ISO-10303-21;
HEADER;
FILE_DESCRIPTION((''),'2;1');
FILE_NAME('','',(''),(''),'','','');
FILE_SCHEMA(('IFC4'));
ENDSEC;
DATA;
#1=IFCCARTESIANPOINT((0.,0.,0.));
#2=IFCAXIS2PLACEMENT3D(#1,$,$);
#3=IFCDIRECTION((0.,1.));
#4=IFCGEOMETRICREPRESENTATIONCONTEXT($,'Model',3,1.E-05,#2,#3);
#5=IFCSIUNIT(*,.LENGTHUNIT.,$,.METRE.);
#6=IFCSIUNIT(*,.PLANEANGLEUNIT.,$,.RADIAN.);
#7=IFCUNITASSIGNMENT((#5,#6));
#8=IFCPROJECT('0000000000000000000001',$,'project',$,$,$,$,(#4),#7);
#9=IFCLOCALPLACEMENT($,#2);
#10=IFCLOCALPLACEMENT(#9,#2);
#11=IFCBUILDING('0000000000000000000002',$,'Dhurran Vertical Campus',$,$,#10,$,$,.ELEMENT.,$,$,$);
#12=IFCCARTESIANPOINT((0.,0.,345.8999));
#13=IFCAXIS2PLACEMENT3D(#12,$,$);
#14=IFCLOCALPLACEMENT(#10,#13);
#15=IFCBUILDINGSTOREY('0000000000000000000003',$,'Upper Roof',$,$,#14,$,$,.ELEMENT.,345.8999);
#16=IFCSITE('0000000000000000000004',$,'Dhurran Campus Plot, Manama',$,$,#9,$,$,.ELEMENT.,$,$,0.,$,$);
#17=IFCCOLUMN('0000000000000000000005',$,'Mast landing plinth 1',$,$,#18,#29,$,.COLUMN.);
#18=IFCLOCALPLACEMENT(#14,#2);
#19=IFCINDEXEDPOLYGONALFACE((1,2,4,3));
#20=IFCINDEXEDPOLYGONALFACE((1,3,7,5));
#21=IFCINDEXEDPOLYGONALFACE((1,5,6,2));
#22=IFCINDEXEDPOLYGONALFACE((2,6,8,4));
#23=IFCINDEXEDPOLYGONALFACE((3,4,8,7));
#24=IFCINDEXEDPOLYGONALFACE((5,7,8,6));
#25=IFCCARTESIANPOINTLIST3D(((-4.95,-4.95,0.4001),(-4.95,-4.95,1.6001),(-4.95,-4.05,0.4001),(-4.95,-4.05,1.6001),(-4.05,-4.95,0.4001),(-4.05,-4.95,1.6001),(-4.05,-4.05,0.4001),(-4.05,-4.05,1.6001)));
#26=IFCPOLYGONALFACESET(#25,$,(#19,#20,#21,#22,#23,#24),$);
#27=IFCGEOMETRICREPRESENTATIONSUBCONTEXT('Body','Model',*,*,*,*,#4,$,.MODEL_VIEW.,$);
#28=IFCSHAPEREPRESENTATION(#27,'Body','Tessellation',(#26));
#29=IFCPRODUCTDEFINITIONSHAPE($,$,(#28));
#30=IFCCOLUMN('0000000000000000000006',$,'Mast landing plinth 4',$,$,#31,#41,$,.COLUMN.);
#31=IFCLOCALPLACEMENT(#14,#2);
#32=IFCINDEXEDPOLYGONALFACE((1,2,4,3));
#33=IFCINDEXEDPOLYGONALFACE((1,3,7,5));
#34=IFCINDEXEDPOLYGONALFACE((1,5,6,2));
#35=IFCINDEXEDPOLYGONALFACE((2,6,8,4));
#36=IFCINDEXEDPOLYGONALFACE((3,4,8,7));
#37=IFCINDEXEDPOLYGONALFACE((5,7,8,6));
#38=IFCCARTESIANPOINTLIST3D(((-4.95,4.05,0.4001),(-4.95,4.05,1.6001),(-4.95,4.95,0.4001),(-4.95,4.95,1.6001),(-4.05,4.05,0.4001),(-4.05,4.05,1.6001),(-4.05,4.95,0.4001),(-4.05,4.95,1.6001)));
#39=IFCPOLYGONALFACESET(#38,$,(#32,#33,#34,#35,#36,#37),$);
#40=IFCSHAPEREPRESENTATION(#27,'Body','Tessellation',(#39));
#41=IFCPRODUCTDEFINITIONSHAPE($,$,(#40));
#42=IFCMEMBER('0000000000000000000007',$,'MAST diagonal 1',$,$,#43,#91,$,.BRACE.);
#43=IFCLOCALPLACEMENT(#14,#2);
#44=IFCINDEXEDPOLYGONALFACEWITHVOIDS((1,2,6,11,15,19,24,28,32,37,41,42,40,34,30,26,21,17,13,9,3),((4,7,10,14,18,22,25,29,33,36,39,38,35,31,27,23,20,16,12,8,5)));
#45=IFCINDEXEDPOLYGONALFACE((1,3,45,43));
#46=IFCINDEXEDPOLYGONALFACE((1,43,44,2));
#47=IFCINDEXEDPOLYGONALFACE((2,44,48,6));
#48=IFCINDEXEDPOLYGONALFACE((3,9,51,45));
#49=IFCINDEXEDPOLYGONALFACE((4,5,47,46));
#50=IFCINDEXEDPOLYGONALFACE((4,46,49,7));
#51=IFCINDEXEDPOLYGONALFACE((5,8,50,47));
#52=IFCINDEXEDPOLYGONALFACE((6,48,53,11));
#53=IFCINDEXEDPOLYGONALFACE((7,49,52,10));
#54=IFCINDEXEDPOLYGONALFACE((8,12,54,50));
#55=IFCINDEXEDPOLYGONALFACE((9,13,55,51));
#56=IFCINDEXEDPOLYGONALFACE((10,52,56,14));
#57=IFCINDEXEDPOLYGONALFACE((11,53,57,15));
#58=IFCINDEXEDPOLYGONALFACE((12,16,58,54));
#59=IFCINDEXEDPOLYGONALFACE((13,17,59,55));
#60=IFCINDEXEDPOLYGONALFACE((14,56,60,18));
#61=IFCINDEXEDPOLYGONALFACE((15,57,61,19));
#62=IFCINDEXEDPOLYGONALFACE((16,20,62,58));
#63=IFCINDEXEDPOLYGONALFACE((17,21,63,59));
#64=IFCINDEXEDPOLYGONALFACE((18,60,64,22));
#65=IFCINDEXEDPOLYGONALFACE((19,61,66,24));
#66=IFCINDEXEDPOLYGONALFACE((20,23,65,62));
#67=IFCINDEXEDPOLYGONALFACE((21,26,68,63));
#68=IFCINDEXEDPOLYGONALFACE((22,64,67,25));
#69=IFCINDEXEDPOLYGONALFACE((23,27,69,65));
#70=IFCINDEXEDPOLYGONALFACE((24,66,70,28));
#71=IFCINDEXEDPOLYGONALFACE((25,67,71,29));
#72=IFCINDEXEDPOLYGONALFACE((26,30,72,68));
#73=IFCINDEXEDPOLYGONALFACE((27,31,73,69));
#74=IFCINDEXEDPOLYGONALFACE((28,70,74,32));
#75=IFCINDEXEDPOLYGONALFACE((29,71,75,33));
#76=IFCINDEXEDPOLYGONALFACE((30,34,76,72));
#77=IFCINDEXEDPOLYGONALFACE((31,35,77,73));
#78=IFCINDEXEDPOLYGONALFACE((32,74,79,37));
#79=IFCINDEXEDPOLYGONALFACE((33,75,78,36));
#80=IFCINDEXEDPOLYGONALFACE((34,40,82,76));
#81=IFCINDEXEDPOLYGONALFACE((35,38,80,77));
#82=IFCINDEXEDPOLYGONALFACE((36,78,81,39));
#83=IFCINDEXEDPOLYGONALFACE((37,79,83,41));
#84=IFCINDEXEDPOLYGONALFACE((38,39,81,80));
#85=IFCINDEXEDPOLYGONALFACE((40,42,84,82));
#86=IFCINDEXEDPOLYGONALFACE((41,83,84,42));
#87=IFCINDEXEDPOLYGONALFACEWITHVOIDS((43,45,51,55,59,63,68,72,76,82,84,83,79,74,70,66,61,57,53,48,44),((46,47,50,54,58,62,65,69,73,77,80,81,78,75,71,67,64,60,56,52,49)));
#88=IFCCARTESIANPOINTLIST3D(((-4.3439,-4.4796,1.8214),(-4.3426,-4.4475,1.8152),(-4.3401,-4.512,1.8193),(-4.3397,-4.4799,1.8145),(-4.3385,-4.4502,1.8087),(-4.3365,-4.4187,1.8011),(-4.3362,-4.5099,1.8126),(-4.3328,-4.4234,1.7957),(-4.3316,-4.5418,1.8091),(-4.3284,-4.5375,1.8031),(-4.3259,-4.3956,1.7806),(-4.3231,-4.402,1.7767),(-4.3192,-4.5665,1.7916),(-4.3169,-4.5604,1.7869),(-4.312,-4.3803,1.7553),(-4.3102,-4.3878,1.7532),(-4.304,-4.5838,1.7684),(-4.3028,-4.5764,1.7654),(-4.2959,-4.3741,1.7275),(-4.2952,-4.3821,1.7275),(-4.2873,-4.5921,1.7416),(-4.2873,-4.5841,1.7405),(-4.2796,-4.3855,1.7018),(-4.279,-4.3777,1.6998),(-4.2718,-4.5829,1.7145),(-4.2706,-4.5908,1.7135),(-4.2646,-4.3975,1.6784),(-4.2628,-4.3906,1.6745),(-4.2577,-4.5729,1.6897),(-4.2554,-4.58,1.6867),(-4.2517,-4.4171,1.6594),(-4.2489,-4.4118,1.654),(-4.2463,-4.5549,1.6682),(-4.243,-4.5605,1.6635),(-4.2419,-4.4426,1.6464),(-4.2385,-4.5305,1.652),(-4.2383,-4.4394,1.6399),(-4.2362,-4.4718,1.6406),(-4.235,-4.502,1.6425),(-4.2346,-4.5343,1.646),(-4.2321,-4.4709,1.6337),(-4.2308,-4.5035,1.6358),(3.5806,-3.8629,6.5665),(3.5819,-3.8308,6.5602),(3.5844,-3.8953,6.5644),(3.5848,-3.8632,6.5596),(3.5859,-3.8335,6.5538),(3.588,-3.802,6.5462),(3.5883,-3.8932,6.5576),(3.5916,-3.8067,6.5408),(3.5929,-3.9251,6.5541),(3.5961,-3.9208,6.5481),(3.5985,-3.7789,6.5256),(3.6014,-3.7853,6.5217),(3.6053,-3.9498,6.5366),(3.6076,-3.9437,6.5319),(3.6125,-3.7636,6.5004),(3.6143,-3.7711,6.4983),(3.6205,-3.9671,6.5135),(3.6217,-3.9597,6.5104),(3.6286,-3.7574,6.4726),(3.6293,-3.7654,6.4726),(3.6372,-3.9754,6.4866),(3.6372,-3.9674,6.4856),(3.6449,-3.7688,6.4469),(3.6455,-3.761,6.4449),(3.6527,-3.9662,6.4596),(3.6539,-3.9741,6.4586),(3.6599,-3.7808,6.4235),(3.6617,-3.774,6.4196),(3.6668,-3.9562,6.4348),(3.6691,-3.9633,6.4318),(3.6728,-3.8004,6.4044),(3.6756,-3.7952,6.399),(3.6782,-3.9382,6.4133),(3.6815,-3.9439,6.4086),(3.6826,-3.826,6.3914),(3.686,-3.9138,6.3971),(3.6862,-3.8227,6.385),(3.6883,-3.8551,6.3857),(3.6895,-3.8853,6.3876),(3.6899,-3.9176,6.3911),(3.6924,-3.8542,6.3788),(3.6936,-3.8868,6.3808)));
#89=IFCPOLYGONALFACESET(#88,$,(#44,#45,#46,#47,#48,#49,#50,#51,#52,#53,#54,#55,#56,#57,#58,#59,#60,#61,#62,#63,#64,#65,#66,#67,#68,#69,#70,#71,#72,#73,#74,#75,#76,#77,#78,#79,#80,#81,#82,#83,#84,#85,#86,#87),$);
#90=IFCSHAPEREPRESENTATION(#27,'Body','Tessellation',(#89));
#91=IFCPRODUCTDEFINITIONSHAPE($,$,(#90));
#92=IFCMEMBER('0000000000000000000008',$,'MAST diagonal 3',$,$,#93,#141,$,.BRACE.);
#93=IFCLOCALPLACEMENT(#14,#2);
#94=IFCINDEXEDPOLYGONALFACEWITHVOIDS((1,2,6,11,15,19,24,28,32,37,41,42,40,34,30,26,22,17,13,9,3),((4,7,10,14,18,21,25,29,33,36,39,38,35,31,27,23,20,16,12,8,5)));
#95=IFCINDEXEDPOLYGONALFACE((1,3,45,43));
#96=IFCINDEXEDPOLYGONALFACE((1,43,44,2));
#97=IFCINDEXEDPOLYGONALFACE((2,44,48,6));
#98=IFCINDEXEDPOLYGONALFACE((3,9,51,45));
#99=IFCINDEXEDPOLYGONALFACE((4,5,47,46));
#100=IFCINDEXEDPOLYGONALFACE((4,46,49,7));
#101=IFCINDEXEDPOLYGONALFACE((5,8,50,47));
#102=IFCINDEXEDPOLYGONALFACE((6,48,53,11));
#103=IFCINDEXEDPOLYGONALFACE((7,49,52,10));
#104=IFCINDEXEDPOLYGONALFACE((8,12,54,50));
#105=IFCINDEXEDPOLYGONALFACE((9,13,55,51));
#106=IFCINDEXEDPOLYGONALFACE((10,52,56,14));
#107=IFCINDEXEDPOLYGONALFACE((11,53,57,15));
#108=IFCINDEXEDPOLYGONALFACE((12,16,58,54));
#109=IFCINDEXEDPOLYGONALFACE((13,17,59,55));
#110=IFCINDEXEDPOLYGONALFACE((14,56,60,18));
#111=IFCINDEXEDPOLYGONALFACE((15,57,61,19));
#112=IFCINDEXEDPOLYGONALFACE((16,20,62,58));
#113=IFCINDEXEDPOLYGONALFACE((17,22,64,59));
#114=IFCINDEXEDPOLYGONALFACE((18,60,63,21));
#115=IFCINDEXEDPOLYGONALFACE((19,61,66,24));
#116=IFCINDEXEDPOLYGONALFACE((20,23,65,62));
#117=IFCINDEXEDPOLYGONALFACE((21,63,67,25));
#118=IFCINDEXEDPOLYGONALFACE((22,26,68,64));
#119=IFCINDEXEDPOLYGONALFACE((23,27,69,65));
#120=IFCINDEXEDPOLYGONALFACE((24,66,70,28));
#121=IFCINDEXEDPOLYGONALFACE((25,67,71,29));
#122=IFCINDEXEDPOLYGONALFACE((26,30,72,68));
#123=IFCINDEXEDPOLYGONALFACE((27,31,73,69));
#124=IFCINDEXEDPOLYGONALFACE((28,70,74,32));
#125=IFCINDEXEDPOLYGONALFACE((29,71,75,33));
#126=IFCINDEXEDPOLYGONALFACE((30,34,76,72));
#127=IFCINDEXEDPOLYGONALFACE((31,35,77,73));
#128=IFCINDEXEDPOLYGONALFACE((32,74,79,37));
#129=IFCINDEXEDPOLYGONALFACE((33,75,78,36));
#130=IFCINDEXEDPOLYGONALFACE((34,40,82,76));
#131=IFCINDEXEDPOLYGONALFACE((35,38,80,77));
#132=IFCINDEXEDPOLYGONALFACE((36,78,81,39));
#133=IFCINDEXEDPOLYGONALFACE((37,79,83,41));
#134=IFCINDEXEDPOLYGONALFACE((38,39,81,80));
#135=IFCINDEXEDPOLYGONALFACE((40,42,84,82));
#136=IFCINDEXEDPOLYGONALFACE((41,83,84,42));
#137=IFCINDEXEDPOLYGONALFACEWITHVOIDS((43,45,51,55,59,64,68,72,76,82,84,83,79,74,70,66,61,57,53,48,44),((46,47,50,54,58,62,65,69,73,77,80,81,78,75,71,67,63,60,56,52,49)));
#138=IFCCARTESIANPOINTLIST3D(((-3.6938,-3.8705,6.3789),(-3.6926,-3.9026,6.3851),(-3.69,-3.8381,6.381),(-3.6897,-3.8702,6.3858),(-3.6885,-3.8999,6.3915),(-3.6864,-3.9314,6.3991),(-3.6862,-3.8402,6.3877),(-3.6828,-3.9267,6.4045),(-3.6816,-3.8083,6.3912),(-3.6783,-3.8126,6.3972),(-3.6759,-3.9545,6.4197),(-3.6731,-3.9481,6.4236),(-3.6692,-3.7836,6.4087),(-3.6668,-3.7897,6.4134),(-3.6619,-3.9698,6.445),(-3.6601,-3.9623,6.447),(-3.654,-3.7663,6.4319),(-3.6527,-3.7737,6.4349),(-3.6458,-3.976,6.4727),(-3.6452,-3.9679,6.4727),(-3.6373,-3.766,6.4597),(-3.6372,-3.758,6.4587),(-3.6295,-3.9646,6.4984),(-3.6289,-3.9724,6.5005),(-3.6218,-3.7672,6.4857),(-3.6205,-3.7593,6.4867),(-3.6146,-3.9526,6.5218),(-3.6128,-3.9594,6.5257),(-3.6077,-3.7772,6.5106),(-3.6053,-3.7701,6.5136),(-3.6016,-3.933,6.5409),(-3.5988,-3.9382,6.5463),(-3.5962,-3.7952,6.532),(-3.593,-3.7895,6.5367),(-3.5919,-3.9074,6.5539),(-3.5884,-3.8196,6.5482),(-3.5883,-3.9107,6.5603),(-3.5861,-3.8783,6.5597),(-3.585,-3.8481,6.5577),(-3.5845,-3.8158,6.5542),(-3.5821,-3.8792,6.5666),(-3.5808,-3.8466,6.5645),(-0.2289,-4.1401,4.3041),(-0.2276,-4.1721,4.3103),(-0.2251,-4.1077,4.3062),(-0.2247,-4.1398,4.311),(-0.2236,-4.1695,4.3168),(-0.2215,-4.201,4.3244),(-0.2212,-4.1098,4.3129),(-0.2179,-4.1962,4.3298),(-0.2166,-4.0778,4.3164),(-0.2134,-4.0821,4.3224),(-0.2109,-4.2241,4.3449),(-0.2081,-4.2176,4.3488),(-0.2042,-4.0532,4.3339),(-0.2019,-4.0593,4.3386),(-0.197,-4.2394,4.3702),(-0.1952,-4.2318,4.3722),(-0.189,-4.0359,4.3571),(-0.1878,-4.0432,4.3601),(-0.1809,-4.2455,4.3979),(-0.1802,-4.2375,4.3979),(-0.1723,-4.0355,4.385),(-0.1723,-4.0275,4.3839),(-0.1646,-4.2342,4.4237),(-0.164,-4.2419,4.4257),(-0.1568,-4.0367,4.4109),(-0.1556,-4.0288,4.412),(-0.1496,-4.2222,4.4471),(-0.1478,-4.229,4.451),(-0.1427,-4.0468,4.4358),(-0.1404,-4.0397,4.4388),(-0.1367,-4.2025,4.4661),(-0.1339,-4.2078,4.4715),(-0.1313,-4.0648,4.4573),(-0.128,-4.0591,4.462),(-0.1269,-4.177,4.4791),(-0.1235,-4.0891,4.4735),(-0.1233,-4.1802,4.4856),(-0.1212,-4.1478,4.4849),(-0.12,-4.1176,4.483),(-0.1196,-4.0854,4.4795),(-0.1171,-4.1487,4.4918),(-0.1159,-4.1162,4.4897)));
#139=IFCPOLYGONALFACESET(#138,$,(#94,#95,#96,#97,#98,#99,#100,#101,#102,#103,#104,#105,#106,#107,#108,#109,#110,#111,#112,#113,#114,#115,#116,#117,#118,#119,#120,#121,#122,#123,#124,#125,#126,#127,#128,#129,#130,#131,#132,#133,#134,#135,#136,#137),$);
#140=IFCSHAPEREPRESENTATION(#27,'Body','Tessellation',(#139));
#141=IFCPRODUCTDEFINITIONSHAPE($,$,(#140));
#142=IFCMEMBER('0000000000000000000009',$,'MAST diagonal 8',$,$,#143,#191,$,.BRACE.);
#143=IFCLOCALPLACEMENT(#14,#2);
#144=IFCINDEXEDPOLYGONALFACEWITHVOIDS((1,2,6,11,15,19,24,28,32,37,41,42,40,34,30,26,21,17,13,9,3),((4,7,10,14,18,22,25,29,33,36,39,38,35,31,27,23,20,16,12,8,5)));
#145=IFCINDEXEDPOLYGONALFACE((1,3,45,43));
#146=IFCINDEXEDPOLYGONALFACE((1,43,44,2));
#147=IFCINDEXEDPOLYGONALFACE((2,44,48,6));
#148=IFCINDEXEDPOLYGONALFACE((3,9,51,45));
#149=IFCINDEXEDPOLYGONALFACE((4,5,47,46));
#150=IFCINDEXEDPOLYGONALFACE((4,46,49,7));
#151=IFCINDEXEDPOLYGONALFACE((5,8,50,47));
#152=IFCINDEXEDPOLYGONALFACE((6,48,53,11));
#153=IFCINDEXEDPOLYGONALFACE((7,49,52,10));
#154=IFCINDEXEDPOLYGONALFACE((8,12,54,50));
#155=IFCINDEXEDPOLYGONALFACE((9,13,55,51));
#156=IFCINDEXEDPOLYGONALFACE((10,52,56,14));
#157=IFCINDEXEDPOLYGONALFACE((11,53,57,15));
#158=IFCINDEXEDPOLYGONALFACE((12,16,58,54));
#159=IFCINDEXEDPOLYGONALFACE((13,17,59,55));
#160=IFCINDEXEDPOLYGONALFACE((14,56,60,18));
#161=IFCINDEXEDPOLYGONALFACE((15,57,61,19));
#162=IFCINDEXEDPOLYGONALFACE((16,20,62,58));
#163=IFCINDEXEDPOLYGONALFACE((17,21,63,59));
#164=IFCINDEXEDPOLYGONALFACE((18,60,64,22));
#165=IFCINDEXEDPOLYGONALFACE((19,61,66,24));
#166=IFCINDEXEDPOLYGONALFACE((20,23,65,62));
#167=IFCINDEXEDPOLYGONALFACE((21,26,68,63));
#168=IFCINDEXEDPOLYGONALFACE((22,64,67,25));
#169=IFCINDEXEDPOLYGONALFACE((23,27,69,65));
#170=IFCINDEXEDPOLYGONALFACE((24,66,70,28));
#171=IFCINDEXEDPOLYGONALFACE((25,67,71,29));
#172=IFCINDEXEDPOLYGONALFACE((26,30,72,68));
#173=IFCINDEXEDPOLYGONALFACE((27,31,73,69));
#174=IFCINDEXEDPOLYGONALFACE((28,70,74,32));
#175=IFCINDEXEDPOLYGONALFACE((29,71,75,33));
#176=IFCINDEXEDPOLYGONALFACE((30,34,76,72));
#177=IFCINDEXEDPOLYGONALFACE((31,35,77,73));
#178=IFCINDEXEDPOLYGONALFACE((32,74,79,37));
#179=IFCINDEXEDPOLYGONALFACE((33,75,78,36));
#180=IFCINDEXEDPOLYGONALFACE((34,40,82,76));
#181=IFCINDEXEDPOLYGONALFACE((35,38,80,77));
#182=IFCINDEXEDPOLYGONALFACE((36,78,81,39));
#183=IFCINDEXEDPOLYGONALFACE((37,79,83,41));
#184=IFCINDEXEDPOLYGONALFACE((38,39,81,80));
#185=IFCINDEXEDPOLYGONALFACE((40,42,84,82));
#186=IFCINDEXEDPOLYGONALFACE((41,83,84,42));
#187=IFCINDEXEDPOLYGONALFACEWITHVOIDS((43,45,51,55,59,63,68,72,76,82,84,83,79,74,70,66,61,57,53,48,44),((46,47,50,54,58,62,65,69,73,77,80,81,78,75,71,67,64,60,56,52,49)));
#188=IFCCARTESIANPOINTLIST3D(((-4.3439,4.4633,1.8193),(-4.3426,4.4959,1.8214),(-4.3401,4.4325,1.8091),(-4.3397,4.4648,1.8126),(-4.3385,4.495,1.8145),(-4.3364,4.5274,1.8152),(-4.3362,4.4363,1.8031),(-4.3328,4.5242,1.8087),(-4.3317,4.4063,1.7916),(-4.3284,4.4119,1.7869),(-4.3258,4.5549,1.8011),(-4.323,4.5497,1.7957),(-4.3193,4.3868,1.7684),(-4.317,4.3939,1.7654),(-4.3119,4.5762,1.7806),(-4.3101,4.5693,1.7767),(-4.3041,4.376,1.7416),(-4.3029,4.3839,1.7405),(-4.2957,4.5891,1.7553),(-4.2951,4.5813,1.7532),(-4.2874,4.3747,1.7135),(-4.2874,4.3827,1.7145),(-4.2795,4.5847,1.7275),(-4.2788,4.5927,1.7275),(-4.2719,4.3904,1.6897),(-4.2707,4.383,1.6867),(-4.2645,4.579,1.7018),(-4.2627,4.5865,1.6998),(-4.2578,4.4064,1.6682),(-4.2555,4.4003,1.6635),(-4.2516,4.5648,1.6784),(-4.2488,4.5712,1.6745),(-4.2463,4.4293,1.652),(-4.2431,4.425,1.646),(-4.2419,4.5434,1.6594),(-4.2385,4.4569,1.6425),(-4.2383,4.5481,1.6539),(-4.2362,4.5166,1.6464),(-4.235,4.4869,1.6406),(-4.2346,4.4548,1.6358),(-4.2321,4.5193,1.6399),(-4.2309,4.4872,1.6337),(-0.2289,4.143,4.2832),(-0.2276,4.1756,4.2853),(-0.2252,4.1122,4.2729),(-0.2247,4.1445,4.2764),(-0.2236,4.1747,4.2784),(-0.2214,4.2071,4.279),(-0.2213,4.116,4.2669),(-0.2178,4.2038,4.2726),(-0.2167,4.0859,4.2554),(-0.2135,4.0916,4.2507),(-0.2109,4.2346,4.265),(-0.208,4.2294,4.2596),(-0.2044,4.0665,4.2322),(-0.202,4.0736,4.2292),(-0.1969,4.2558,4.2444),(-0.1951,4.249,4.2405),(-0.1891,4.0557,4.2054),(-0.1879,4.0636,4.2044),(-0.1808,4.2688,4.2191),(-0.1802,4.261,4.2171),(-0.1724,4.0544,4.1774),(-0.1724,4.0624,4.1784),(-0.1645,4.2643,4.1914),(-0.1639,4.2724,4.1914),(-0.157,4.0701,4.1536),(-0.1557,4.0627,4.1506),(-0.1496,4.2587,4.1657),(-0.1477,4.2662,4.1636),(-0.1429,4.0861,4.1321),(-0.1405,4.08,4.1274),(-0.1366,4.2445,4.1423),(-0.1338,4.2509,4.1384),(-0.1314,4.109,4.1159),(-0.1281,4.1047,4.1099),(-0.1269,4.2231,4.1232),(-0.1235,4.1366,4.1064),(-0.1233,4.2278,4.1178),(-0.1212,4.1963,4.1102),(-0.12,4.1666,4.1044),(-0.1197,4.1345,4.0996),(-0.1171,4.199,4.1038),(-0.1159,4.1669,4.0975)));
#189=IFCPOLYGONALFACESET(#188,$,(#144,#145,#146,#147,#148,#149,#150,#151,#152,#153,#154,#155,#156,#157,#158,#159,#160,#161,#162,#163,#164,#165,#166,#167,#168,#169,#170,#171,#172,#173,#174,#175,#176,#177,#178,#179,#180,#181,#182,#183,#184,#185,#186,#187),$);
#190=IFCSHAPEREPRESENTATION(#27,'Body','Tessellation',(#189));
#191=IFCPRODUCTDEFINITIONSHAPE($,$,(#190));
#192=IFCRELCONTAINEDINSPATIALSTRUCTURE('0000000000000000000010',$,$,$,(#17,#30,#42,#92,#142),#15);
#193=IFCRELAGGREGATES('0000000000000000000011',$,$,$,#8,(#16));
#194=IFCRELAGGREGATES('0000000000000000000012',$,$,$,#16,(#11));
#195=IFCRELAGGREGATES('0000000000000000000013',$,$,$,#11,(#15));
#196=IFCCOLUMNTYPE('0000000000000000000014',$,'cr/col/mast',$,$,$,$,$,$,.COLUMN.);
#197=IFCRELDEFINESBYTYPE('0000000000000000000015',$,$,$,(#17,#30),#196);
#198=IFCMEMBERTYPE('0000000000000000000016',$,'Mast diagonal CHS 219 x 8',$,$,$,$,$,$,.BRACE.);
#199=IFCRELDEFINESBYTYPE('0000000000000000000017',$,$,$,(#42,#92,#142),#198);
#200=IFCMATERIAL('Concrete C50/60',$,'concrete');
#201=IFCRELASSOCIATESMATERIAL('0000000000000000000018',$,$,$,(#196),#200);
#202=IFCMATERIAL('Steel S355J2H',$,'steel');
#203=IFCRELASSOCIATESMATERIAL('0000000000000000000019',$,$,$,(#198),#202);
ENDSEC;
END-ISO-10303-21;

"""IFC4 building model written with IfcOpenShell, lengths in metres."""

from ifc_helpers import new_model, si_unit, direction, frame, origin, origin_2d, place, context, subcontext, project, spatial, rectangle, hollow_circle, extrude, material, material_profile, profile_set, type_object, element, save


model = new_model("IFC4")

# Units and contexts
model_context = context("Model", 3, precision=1e-05, world=origin(), true_north=direction((0.0, 1.0)))
body_context = subcontext(model_context, "Body", "Model", "MODEL_VIEW")
ifc_project = project(units=[si_unit("LENGTHUNIT", "METRE"), si_unit("PLANEANGLEUNIT", "RADIAN")], contexts=[model_context])

# Site, building, storey
site_placement = place(None, origin())
site = spatial("IfcSite", under=ifc_project, at=site_placement, Name="Dhurran Campus Plot, Manama", CompositionType="ELEMENT", RefElevation=0.0)
building_placement = place(site_placement, origin())
building = spatial("IfcBuilding", under=site, at=building_placement, Name="Dhurran Vertical Campus", CompositionType="ELEMENT")
storey_placement = place(building_placement, frame((0.0, 0.0, 345.8999)))
storey = spatial("IfcBuildingStorey", under=building, at=storey_placement, Name="Upper Roof", CompositionType="ELEMENT", Elevation=345.8999)

# Columns
ifc_material_1 = material(Name="Concrete C50/60", Category="concrete")
ifc_material_profile_1 = material_profile(ifc_material_1, rectangle(XDim=0.8999, YDim=0.8999, at=origin_2d()), Name="cr/col/mast")
ifc_profile_set_1 = profile_set([ifc_material_profile_1], Name="Concrete C50/60")
column_type = type_object("IfcColumnType", Name="cr/col/mast", PredefinedType="COLUMN", material=ifc_profile_set_1)
for number, where, z_axis, x_axis, name in (
    (1, (-4.5, -4.5, 0.4001), (0.0, 0.0, 1.0), (1.0, 0.0, 0.0), "Mast landing plinth 1"),
    (2, (-4.5, 4.5, 0.4001), (0.0, 0.0, 1.0), (1.0, 0.0, 0.0), "Mast landing plinth 4"),
):
    element("IfcColumn", number, at=place(storey_placement, frame(where, z_axis=z_axis, x_axis=x_axis)), inside=storey, type_object=column_type, Name=name, PredefinedType="COLUMN", context=body_context, shape_type="SweptSolid", body=[
        extrude(rectangle(XDim=0.8999, YDim=0.8999, at=origin_2d()), origin(), (0.0, 0.0, 1.0), 1.2),
    ])

# Members
ifc_material_2 = material(Name="Steel S355J2H", Category="steel")
ifc_material_profile_2 = material_profile(ifc_material_2, hollow_circle(Radius=0.1096, WallThickness=0.0081, at=origin_2d()), Name="CHS219x8")
ifc_profile_set_2 = profile_set([ifc_material_profile_2], Name="Steel S355J2H")
member_type_1 = type_object("IfcMemberType", Name="Mast diagonal CHS 219 x 8", PredefinedType="BRACE", material=ifc_profile_set_2)
member_1_placement = place(storey_placement, frame((-4.2874, -4.4834, 1.7275), z_axis=(0.856046, 0.066619, 0.512589), x_axis=(-0.077587, 0.996986, 0.0)))
element("IfcMember", 3, at=member_1_placement, inside=storey, type_object=member_type_1, Name="MAST diagonal 1", PredefinedType="BRACE", context=body_context, shape_type="SweptSolid", body=[
    extrude(hollow_circle(Radius=0.1096, WallThickness=0.0081, at=origin_2d()), origin(), (0.0, 0.0, 1.0), 9.2571),
])
member_2_placement = place(storey_placement, frame((-0.1724, -4.1362, 4.3979), z_axis=(-0.856047, 0.066592, 0.512591), x_axis=(-0.077556, -0.996988, 0.0)))
element("IfcMember", 4, at=member_2_placement, inside=storey, type_object=member_type_1, Name="MAST diagonal 3", PredefinedType="BRACE", context=body_context, shape_type="SweptSolid", body=[
    extrude(hollow_circle(Radius=0.1096, WallThickness=0.0081, at=origin_2d()), origin(), (0.0, 0.0, 1.0), 4.0476),
])
member_3_placement = place(storey_placement, frame((-4.2874, 4.4834, 1.7275), z_axis=(0.856057, -0.066636, 0.512568), x_axis=(0.077606, 0.996984, 0.0)))
element("IfcMember", 5, at=member_3_placement, inside=storey, type_object=member_type_1, Name="MAST diagonal 8", PredefinedType="BRACE", context=body_context, shape_type="SweptSolid", body=[
    extrude(hollow_circle(Radius=0.1096, WallThickness=0.0081, at=origin_2d()), origin(), (0.0, 0.0, 1.0), 4.8069),
])

save(model, "model.ifc")
